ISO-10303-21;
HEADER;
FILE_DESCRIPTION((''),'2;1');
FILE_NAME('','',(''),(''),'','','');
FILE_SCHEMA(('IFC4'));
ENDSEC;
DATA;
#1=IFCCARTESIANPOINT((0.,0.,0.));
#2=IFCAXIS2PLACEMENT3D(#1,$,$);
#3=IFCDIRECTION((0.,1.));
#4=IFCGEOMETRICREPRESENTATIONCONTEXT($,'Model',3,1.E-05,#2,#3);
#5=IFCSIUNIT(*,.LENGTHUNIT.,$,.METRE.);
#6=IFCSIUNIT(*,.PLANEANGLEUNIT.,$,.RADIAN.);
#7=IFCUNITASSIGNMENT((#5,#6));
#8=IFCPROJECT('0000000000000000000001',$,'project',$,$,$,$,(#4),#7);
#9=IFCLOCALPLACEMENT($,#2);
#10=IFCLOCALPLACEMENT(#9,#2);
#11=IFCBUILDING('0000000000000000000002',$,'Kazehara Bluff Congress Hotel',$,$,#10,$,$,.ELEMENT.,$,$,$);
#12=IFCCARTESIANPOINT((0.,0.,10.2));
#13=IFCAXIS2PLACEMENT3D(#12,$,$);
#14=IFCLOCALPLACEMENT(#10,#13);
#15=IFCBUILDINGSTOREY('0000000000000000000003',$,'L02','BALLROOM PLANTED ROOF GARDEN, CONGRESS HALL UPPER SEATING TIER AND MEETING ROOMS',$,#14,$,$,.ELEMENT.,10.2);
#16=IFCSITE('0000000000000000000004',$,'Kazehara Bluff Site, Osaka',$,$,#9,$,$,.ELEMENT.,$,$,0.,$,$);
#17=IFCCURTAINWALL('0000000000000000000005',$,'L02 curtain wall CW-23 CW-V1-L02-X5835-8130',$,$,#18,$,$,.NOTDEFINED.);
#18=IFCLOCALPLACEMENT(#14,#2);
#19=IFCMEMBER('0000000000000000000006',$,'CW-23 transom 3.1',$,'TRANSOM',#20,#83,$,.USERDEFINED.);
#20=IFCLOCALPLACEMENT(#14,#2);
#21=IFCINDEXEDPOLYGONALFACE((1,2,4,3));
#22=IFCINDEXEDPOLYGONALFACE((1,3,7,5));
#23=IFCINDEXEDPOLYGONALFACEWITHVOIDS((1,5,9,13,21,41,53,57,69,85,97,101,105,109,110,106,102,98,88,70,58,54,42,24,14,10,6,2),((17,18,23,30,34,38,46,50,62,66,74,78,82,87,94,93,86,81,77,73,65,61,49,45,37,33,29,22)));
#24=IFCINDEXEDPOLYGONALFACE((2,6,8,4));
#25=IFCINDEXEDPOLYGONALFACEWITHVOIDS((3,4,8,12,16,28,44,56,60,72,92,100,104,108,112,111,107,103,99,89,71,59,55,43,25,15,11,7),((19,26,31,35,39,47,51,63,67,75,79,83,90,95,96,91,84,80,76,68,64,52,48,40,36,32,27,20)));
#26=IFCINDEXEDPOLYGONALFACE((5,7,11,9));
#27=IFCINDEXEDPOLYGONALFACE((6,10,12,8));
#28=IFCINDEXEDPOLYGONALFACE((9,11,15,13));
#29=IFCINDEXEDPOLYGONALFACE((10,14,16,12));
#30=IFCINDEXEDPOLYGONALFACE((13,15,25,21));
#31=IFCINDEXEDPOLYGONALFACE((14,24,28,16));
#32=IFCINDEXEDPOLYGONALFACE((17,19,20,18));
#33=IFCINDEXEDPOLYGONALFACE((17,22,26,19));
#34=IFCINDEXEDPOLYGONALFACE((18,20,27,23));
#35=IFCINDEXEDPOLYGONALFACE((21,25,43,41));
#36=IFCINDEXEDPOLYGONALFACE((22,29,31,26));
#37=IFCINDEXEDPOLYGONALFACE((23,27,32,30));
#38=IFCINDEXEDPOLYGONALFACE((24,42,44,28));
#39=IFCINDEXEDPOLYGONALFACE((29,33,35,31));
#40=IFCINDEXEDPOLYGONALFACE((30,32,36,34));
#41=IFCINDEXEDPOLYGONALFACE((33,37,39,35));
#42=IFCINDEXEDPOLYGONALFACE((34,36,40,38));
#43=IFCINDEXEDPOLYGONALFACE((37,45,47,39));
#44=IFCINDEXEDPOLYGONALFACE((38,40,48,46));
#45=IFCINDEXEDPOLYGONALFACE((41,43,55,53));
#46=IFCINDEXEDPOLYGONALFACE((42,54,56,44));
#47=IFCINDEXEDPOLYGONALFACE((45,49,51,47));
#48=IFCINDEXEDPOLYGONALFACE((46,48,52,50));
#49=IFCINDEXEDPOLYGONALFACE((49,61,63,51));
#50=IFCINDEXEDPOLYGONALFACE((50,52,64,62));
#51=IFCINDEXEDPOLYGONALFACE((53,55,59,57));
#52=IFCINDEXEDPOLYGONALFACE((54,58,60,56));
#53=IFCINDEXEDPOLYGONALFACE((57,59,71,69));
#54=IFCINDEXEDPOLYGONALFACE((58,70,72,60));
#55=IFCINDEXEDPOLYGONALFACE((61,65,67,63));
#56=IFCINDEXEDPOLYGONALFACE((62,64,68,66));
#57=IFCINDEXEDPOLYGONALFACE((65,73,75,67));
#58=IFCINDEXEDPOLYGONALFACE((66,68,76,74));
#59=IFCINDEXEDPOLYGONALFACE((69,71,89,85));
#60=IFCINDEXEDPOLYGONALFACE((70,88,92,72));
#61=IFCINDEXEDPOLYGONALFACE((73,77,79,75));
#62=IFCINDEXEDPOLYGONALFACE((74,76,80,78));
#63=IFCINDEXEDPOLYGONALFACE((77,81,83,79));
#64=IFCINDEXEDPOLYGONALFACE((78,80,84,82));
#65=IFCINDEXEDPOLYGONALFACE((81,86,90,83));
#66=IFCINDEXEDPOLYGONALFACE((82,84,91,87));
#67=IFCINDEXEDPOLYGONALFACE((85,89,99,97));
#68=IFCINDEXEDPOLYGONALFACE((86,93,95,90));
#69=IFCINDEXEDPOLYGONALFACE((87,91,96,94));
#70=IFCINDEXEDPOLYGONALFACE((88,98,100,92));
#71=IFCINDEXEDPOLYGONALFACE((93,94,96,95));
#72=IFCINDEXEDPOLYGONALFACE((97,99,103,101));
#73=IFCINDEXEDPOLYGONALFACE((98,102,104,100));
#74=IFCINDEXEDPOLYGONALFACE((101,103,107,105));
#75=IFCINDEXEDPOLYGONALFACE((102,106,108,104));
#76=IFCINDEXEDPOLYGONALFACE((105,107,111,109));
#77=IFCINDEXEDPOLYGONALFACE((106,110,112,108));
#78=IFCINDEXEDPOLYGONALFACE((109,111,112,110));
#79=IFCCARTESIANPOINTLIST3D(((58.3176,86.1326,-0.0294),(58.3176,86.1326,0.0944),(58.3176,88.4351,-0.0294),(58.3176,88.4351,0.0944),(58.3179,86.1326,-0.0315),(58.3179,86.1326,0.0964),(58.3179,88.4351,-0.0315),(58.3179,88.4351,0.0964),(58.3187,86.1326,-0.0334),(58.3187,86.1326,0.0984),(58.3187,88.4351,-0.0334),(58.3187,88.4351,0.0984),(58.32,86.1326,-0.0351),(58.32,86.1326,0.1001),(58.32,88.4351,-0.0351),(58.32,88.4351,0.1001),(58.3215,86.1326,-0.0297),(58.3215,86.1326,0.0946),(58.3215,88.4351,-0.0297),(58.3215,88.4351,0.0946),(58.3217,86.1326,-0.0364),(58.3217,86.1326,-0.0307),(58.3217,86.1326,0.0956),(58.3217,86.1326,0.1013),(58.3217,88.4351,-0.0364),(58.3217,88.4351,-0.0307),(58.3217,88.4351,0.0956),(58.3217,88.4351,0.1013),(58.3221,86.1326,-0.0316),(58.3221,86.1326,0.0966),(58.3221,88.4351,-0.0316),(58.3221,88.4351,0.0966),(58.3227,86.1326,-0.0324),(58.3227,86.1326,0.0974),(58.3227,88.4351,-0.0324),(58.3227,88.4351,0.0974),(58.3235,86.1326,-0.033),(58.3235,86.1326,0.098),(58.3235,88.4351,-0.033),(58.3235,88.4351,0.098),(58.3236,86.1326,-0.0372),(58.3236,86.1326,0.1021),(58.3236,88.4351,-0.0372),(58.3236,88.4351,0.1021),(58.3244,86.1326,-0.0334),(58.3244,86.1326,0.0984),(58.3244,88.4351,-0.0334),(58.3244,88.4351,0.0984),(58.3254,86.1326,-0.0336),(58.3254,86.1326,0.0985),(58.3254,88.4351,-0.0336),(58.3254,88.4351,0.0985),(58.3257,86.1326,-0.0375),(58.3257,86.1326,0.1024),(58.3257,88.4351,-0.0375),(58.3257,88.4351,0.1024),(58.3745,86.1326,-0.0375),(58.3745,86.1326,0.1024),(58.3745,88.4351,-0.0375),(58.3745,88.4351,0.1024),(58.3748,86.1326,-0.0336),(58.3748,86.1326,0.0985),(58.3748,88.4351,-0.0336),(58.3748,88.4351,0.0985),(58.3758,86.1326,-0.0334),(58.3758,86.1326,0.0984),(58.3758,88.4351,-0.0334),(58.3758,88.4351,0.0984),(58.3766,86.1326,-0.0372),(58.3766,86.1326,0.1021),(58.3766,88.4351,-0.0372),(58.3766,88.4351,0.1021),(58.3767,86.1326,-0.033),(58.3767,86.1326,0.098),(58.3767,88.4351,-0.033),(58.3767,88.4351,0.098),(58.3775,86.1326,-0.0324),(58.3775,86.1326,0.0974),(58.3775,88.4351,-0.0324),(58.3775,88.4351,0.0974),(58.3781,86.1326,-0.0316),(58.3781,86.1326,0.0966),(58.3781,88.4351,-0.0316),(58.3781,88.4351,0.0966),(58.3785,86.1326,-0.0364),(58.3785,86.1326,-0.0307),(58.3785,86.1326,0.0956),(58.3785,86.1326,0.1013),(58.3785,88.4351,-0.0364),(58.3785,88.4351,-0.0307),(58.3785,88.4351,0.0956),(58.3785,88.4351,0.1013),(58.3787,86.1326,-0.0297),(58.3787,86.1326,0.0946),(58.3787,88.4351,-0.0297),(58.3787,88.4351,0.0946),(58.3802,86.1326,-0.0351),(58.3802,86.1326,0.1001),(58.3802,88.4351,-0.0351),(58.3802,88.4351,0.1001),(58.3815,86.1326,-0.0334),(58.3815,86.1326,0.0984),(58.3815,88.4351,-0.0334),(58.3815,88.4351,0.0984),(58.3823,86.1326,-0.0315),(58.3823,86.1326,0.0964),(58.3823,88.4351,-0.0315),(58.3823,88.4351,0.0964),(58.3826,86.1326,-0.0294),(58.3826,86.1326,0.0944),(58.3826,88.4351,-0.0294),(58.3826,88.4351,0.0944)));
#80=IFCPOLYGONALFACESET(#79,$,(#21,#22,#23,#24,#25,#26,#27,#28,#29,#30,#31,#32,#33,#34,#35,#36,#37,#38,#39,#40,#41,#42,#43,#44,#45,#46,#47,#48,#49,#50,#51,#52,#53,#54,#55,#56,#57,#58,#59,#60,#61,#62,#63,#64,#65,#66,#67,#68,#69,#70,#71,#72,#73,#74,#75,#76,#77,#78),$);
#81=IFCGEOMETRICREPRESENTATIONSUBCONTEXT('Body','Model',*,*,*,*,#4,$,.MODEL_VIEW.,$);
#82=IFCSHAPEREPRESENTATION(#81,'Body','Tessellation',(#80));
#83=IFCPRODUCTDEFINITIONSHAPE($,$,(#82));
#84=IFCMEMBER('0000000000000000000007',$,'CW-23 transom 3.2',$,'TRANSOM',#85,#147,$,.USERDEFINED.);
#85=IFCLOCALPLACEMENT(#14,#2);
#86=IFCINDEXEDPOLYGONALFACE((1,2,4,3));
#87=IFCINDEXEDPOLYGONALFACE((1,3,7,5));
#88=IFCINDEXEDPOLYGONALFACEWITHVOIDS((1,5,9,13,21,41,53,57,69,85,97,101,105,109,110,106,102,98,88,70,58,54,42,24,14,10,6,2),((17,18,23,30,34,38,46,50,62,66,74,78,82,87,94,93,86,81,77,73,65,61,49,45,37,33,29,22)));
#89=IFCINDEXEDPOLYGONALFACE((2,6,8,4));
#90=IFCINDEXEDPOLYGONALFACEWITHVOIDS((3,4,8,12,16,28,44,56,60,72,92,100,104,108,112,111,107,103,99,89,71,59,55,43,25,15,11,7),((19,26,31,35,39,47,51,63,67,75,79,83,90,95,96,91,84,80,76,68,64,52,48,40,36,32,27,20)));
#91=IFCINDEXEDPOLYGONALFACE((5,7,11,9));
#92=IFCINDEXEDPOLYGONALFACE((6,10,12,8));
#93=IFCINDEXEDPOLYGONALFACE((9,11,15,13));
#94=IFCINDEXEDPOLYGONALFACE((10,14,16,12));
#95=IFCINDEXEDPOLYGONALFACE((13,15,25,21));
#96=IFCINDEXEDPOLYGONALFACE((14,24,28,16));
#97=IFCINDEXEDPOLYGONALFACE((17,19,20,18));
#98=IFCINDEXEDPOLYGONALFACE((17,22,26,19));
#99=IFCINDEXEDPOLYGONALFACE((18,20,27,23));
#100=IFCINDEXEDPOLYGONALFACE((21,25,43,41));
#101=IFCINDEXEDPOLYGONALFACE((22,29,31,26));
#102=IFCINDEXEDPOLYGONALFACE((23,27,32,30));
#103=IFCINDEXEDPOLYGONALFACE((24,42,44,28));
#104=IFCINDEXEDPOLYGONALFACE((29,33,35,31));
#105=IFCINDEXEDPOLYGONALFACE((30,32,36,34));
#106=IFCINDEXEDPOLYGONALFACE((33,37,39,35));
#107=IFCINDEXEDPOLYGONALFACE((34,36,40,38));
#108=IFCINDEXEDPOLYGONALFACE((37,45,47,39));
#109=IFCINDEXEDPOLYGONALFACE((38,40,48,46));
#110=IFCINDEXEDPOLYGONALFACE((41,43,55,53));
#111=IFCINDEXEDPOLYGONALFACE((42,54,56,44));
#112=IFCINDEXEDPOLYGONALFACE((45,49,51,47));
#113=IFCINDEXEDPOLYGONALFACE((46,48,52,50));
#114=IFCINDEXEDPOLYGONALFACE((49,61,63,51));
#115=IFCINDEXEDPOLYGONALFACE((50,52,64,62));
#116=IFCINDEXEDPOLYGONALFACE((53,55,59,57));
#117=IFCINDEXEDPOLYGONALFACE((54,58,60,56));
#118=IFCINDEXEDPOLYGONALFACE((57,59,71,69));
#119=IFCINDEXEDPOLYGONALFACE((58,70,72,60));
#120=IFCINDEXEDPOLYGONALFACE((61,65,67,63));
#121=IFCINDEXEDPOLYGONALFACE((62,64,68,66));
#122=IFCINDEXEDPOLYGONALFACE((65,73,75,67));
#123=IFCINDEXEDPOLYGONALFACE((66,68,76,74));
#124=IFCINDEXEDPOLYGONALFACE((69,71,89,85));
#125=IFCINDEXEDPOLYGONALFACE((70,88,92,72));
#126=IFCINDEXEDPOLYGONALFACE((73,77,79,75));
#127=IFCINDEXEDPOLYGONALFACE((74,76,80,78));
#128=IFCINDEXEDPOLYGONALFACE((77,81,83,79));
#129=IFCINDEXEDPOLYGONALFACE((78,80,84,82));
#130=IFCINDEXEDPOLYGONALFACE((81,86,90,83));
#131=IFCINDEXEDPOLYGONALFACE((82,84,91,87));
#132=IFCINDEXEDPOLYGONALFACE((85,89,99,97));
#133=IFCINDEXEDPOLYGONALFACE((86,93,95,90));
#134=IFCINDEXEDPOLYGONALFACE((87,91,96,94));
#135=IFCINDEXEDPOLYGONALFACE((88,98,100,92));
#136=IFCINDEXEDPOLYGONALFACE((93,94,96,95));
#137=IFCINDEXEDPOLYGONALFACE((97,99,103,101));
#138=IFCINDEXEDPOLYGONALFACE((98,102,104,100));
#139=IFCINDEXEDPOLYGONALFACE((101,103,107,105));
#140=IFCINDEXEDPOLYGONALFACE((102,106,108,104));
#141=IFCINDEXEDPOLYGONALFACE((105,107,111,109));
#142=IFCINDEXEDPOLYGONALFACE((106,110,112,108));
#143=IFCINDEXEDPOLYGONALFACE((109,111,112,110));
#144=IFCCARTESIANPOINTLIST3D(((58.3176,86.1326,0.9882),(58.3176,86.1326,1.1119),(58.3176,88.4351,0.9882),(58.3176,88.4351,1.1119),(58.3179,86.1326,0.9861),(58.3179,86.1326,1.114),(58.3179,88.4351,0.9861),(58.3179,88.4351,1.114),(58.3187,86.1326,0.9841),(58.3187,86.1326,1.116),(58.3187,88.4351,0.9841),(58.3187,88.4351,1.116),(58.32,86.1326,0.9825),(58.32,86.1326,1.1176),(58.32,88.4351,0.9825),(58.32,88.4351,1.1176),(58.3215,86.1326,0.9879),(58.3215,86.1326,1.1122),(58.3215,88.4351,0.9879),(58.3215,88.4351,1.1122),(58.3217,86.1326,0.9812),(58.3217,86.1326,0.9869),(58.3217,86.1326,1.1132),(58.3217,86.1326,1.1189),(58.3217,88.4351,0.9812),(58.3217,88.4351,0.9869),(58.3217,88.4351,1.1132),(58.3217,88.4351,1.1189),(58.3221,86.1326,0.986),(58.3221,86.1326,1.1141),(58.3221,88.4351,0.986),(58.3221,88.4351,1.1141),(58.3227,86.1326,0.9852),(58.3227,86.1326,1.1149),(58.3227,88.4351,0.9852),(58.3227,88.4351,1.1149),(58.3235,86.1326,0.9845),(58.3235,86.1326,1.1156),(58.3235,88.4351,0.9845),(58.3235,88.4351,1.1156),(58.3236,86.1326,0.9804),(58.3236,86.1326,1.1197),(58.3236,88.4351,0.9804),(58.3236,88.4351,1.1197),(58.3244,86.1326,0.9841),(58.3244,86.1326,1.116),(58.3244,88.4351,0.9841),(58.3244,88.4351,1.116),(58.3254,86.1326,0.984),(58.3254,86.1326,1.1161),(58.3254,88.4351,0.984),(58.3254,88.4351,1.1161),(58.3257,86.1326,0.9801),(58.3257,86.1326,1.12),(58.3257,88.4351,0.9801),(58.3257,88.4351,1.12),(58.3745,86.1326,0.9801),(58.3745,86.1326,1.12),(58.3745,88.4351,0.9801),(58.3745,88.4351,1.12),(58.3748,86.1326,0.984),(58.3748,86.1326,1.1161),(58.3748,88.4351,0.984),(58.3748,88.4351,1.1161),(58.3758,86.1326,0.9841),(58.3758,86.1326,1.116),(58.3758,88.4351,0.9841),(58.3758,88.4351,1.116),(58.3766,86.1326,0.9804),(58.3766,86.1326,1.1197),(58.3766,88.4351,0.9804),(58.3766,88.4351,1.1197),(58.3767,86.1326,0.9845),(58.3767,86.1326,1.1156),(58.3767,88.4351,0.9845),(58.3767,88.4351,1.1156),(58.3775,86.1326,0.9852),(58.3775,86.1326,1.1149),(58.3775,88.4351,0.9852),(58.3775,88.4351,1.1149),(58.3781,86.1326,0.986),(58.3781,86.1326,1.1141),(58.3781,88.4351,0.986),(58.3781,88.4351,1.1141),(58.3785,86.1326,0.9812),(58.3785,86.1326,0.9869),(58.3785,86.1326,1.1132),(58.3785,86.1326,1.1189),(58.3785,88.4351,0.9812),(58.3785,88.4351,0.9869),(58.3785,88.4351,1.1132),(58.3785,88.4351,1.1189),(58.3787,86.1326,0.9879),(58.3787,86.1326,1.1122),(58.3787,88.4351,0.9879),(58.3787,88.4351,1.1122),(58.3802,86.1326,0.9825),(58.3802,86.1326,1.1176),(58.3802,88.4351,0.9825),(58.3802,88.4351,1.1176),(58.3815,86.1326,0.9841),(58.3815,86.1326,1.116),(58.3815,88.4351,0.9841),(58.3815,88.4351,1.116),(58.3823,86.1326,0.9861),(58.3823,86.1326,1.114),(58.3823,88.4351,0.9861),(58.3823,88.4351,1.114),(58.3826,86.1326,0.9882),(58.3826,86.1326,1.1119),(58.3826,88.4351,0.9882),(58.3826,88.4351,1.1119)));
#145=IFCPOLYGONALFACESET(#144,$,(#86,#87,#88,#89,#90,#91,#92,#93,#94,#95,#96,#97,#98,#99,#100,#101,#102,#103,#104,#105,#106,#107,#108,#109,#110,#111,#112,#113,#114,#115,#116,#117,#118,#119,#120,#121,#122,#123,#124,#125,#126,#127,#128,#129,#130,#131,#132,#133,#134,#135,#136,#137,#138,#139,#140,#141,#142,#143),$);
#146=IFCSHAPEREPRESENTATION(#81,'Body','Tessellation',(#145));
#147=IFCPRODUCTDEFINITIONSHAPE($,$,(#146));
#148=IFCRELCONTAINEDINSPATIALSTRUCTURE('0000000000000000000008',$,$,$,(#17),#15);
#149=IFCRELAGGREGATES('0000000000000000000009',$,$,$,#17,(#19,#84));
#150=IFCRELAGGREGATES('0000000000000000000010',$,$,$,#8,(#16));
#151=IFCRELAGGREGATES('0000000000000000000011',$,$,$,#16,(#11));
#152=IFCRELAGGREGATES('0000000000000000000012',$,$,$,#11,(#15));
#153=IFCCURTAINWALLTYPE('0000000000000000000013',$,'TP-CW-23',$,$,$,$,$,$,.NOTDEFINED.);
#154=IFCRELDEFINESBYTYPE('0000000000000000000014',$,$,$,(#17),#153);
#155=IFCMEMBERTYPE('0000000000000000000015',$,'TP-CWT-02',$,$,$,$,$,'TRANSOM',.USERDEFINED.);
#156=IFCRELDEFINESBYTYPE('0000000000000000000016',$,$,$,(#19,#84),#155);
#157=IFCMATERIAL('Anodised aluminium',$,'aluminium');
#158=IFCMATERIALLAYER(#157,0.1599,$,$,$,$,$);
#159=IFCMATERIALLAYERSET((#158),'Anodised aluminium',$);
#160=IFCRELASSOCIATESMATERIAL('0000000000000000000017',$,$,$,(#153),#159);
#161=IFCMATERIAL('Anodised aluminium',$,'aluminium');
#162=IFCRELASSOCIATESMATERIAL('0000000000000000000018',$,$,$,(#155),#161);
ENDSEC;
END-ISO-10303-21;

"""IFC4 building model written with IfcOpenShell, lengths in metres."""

from ifc_helpers import new_model, si_unit, direction, frame, origin, origin_2d, place, context, subcontext, project, spatial, hollow_rectangle, extrude, material, layer, layer_set, material_profile, profile_set, type_object, element, aggregate, save


model = new_model("IFC4")

# Units and contexts
model_context = context("Model", 3, precision=1e-05, world=origin(), true_north=direction((0.0, 1.0)))
body_context = subcontext(model_context, "Body", "Model", "MODEL_VIEW")
ifc_project = project(units=[si_unit("LENGTHUNIT", "METRE"), si_unit("PLANEANGLEUNIT", "RADIAN")], contexts=[model_context])

# Site, building, storey
site_placement = place(None, origin())
site = spatial("IfcSite", under=ifc_project, at=site_placement, Name="Kazehara Bluff Site, Osaka", CompositionType="ELEMENT", RefElevation=0.0)
building_placement = place(site_placement, origin())
building = spatial("IfcBuilding", under=site, at=building_placement, Name="Kazehara Bluff Congress Hotel", CompositionType="ELEMENT")
storey_placement = place(building_placement, frame((0.0, 0.0, 10.2)))
storey = spatial("IfcBuildingStorey", under=building, at=storey_placement, Name="L02", Description="BALLROOM PLANTED ROOF GARDEN, CONGRESS HALL UPPER SEATING TIER AND MEETING ROOMS", CompositionType="ELEMENT", Elevation=10.2)

# Curtain wall
ifc_material_1 = material(Name="Anodised aluminium", Category="aluminium")
ifc_layer_1 = layer(ifc_material_1, 0.1599)
ifc_layer_set_1 = layer_set([ifc_layer_1], Name="Anodised aluminium")
curtain_wall_type = type_object("IfcCurtainWallType", Name="TP-CW-23", PredefinedType="NOTDEFINED", material=ifc_layer_set_1)
curtain_wall_1_placement = place(storey_placement, origin())
curtain_wall_1 = element("IfcCurtainWall", 1, at=curtain_wall_1_placement, inside=storey, type_object=curtain_wall_type, Name="L02 curtain wall CW-23 CW-V1-L02-X5835-8130", PredefinedType="NOTDEFINED")

# Members
ifc_material_2 = material(Name="Anodised aluminium", Category="aluminium")
ifc_material_profile_1 = material_profile(ifc_material_2, hollow_rectangle(XDim=0.0649, YDim=0.1399, WallThickness=0.0039, InnerFilletRadius=0.0039, OuterFilletRadius=0.0081, at=origin_2d()))
ifc_profile_set_1 = profile_set([ifc_material_profile_1], Name="Anodised aluminium")
member_type_1 = type_object("IfcMemberType", Name="TP-CWT-02", ElementType="TRANSOM", PredefinedType="USERDEFINED", material=ifc_profile_set_1)
member_1_placement = place(storey_placement, frame((58.3501, 86.1326, 0.0325), z_axis=(0.0, 1.0, 0.0), x_axis=(-1.0, 0.0, 0.0)))
member_1 = element("IfcMember", 2, at=member_1_placement, type_object=member_type_1, Name="CW-23 transom 3.1", ObjectType="TRANSOM", PredefinedType="USERDEFINED", context=body_context, shape_type="SweptSolid", body=[
    extrude(hollow_rectangle(XDim=0.0649, YDim=0.1399, WallThickness=0.0039, InnerFilletRadius=0.0039, OuterFilletRadius=0.0081, at=origin_2d()), origin(), (0.0, 0.0, 1.0), 2.3025),
])
member_2_placement = place(storey_placement, frame((58.3501, 86.1326, 1.05), z_axis=(0.0, 1.0, 0.0), x_axis=(-1.0, 0.0, 0.0)))
member_2 = element("IfcMember", 3, at=member_2_placement, type_object=member_type_1, Name="CW-23 transom 3.2", ObjectType="TRANSOM", PredefinedType="USERDEFINED", context=body_context, shape_type="SweptSolid", body=[
    extrude(hollow_rectangle(XDim=0.0649, YDim=0.1399, WallThickness=0.0039, InnerFilletRadius=0.0039, OuterFilletRadius=0.0081, at=origin_2d()), origin(), (0.0, 0.0, 1.0), 2.3025),
])

aggregate(curtain_wall_1, [member_1, member_2])

save(model, "model.ifc")
